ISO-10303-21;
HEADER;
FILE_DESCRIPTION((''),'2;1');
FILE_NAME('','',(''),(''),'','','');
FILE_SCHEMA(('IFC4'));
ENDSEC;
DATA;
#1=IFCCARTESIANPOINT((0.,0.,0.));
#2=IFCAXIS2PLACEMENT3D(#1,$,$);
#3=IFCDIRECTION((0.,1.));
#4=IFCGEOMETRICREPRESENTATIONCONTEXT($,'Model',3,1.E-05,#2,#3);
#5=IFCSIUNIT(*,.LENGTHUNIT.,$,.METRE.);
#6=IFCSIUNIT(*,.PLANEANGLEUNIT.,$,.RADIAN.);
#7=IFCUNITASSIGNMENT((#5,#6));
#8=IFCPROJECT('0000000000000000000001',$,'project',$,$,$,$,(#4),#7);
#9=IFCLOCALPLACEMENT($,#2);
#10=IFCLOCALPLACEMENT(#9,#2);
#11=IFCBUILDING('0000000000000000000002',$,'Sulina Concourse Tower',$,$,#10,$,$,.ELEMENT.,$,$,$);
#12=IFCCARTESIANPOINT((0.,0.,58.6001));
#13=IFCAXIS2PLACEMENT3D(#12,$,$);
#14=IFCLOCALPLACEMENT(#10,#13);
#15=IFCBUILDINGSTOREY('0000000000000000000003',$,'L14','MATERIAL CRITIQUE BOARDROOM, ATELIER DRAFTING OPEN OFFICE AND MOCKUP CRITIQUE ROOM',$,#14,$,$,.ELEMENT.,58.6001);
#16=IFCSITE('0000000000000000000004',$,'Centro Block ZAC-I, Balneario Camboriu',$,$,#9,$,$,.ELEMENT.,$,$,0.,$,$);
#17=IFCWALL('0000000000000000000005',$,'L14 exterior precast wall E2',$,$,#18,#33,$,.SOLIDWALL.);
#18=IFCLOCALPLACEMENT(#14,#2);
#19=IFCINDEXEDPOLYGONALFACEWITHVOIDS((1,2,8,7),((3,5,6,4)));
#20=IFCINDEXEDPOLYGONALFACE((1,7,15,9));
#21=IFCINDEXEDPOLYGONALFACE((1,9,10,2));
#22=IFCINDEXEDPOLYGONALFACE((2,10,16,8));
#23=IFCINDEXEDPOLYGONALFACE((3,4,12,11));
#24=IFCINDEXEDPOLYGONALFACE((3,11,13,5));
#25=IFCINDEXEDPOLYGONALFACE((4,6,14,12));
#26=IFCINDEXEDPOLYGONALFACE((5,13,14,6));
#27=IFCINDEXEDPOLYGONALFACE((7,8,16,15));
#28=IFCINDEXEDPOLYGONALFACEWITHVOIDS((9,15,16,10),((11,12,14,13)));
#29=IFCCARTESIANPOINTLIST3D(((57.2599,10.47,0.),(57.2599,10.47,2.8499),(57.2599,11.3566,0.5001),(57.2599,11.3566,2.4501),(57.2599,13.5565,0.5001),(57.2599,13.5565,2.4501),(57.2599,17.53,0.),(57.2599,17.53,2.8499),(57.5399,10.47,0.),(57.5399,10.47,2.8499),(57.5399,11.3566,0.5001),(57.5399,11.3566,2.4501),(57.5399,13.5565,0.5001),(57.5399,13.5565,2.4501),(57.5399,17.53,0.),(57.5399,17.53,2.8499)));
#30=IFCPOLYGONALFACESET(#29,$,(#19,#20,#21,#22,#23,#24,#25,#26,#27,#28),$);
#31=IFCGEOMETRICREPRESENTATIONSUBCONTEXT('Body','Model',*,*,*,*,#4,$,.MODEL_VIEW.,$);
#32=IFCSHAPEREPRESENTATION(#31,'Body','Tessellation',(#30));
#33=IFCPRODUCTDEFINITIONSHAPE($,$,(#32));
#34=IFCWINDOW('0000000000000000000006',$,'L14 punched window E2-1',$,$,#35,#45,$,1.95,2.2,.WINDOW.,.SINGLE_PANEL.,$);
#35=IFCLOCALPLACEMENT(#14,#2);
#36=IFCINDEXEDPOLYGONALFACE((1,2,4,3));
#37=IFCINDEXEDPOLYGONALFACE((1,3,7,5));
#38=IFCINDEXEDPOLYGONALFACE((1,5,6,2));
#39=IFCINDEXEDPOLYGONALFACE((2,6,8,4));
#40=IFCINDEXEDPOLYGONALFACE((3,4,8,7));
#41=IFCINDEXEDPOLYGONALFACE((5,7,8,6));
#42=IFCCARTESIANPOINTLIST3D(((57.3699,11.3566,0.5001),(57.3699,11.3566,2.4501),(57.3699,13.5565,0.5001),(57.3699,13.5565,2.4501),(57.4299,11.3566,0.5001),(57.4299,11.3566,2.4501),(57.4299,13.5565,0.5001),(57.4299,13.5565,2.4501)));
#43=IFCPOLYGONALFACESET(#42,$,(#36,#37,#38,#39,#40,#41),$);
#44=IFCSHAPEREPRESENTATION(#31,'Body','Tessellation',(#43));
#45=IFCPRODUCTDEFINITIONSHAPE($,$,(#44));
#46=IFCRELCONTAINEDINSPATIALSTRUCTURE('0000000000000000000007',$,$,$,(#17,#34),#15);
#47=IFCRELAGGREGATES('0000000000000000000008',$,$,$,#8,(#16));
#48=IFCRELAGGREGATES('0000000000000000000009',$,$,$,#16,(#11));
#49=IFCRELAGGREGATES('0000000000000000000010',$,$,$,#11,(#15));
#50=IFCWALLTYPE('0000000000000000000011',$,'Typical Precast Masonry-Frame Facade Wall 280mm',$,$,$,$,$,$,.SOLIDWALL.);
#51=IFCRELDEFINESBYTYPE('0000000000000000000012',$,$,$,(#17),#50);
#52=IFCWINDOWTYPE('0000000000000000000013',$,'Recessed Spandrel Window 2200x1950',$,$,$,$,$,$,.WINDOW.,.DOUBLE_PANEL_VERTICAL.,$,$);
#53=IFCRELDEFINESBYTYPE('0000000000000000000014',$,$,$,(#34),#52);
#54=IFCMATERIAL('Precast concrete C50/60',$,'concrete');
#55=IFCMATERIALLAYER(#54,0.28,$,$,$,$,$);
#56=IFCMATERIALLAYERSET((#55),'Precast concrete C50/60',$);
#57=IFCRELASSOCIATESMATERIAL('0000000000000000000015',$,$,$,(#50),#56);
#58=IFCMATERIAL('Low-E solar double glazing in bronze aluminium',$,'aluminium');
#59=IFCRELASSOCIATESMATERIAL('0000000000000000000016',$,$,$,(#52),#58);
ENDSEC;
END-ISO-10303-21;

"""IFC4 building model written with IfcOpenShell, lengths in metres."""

from ifc_helpers import new_model, si_unit, direction, frame, frame_2d, origin, place, context, subcontext, project, spatial, rectangle, extrude, material, layer, layer_set, type_object, element, fill, save


model = new_model("IFC4")

# Units and contexts
model_context = context("Model", 3, precision=1e-05, world=origin(), true_north=direction((0.0, 1.0)))
body_context = subcontext(model_context, "Body", "Model", "MODEL_VIEW")
ifc_project = project(units=[si_unit("LENGTHUNIT", "METRE"), si_unit("PLANEANGLEUNIT", "RADIAN")], contexts=[model_context])

# Site, building, storey
site_placement = place(None, origin())
site = spatial("IfcSite", under=ifc_project, at=site_placement, Name="Centro Block ZAC-I, Balneario Camboriu", CompositionType="ELEMENT", RefElevation=0.0)
building_placement = place(site_placement, origin())
building = spatial("IfcBuilding", under=site, at=building_placement, Name="Sulina Concourse Tower", CompositionType="ELEMENT")
storey_placement = place(building_placement, frame((0.0, 0.0, 58.6001)))
storey = spatial("IfcBuildingStorey", under=building, at=storey_placement, Name="L14", Description="MATERIAL CRITIQUE BOARDROOM, ATELIER DRAFTING OPEN OFFICE AND MOCKUP CRITIQUE ROOM", CompositionType="ELEMENT", Elevation=58.6001)

# Wall, opening, window
ifc_material_1 = material(Name="Precast concrete C50/60", Category="concrete")
ifc_layer_1 = layer(ifc_material_1, 0.28)
ifc_layer_set_1 = layer_set([ifc_layer_1], Name="Precast concrete C50/60")
wall_type_1 = type_object("IfcWallType", Name="Typical Precast Masonry-Frame Facade Wall 280mm", PredefinedType="SOLIDWALL", material=ifc_layer_set_1)
wall_1_placement = place(storey_placement, frame((57.3999, 17.53, 0.0), z_axis=(0.0, 0.0, 1.0), x_axis=(0.0, -1.0, 0.0)))
wall_1 = element("IfcWall", 1, at=wall_1_placement, inside=storey, type_object=wall_type_1, Name="L14 exterior precast wall E2", PredefinedType="SOLIDWALL", context=body_context, shape_type="SweptSolid", body=[
    extrude(rectangle(XDim=7.0601, YDim=0.28, at=frame_2d((3.53, 0.0))), origin(), (0.0, 0.0, 1.0), 2.8499),
])
opening_1_placement = place(wall_1_placement, frame((3.9734, 0.0, 0.5)))
opening_1 = element("IfcOpeningElement", 2, at=opening_1_placement, cuts=wall_1, PredefinedType="OPENING", context=body_context, shape_type="SweptSolid", body=[
    extrude(rectangle(XDim=2.2, YDim=1.95, at=frame_2d((1.1001, 0.9751))), frame((0.0, 0.1499, 0.0), z_axis=(0.0, -1.0, 0.0), x_axis=(1.0, 0.0, 0.0)), (0.0, 0.0, 1.0), 0.3),
])
ifc_material_2 = material(Name="Low-E solar double glazing in bronze aluminium", Category="aluminium")
window_type = type_object("IfcWindowType", Name="Recessed Spandrel Window 2200x1950", PartitioningType="DOUBLE_PANEL_VERTICAL", PredefinedType="WINDOW", material=ifc_material_2)
window_placement = place(opening_1_placement, origin())
window = element("IfcWindow", 3, at=window_placement, inside=storey, type_object=window_type, Name="L14 punched window E2-1", OverallHeight=1.95, OverallWidth=2.2, PartitioningType="SINGLE_PANEL", PredefinedType="WINDOW", context=body_context, shape_type="SweptSolid", body=[
    extrude(rectangle(XDim=2.2, YDim=1.95, at=frame_2d((1.1001, 0.9751))), frame((0.0, 0.03, 0.0), z_axis=(0.0, -1.0, 0.0), x_axis=(1.0, 0.0, 0.0)), (0.0, 0.0, 1.0), 0.0601),
])
fill(opening_1, window)

save(model, "model.ifc")
